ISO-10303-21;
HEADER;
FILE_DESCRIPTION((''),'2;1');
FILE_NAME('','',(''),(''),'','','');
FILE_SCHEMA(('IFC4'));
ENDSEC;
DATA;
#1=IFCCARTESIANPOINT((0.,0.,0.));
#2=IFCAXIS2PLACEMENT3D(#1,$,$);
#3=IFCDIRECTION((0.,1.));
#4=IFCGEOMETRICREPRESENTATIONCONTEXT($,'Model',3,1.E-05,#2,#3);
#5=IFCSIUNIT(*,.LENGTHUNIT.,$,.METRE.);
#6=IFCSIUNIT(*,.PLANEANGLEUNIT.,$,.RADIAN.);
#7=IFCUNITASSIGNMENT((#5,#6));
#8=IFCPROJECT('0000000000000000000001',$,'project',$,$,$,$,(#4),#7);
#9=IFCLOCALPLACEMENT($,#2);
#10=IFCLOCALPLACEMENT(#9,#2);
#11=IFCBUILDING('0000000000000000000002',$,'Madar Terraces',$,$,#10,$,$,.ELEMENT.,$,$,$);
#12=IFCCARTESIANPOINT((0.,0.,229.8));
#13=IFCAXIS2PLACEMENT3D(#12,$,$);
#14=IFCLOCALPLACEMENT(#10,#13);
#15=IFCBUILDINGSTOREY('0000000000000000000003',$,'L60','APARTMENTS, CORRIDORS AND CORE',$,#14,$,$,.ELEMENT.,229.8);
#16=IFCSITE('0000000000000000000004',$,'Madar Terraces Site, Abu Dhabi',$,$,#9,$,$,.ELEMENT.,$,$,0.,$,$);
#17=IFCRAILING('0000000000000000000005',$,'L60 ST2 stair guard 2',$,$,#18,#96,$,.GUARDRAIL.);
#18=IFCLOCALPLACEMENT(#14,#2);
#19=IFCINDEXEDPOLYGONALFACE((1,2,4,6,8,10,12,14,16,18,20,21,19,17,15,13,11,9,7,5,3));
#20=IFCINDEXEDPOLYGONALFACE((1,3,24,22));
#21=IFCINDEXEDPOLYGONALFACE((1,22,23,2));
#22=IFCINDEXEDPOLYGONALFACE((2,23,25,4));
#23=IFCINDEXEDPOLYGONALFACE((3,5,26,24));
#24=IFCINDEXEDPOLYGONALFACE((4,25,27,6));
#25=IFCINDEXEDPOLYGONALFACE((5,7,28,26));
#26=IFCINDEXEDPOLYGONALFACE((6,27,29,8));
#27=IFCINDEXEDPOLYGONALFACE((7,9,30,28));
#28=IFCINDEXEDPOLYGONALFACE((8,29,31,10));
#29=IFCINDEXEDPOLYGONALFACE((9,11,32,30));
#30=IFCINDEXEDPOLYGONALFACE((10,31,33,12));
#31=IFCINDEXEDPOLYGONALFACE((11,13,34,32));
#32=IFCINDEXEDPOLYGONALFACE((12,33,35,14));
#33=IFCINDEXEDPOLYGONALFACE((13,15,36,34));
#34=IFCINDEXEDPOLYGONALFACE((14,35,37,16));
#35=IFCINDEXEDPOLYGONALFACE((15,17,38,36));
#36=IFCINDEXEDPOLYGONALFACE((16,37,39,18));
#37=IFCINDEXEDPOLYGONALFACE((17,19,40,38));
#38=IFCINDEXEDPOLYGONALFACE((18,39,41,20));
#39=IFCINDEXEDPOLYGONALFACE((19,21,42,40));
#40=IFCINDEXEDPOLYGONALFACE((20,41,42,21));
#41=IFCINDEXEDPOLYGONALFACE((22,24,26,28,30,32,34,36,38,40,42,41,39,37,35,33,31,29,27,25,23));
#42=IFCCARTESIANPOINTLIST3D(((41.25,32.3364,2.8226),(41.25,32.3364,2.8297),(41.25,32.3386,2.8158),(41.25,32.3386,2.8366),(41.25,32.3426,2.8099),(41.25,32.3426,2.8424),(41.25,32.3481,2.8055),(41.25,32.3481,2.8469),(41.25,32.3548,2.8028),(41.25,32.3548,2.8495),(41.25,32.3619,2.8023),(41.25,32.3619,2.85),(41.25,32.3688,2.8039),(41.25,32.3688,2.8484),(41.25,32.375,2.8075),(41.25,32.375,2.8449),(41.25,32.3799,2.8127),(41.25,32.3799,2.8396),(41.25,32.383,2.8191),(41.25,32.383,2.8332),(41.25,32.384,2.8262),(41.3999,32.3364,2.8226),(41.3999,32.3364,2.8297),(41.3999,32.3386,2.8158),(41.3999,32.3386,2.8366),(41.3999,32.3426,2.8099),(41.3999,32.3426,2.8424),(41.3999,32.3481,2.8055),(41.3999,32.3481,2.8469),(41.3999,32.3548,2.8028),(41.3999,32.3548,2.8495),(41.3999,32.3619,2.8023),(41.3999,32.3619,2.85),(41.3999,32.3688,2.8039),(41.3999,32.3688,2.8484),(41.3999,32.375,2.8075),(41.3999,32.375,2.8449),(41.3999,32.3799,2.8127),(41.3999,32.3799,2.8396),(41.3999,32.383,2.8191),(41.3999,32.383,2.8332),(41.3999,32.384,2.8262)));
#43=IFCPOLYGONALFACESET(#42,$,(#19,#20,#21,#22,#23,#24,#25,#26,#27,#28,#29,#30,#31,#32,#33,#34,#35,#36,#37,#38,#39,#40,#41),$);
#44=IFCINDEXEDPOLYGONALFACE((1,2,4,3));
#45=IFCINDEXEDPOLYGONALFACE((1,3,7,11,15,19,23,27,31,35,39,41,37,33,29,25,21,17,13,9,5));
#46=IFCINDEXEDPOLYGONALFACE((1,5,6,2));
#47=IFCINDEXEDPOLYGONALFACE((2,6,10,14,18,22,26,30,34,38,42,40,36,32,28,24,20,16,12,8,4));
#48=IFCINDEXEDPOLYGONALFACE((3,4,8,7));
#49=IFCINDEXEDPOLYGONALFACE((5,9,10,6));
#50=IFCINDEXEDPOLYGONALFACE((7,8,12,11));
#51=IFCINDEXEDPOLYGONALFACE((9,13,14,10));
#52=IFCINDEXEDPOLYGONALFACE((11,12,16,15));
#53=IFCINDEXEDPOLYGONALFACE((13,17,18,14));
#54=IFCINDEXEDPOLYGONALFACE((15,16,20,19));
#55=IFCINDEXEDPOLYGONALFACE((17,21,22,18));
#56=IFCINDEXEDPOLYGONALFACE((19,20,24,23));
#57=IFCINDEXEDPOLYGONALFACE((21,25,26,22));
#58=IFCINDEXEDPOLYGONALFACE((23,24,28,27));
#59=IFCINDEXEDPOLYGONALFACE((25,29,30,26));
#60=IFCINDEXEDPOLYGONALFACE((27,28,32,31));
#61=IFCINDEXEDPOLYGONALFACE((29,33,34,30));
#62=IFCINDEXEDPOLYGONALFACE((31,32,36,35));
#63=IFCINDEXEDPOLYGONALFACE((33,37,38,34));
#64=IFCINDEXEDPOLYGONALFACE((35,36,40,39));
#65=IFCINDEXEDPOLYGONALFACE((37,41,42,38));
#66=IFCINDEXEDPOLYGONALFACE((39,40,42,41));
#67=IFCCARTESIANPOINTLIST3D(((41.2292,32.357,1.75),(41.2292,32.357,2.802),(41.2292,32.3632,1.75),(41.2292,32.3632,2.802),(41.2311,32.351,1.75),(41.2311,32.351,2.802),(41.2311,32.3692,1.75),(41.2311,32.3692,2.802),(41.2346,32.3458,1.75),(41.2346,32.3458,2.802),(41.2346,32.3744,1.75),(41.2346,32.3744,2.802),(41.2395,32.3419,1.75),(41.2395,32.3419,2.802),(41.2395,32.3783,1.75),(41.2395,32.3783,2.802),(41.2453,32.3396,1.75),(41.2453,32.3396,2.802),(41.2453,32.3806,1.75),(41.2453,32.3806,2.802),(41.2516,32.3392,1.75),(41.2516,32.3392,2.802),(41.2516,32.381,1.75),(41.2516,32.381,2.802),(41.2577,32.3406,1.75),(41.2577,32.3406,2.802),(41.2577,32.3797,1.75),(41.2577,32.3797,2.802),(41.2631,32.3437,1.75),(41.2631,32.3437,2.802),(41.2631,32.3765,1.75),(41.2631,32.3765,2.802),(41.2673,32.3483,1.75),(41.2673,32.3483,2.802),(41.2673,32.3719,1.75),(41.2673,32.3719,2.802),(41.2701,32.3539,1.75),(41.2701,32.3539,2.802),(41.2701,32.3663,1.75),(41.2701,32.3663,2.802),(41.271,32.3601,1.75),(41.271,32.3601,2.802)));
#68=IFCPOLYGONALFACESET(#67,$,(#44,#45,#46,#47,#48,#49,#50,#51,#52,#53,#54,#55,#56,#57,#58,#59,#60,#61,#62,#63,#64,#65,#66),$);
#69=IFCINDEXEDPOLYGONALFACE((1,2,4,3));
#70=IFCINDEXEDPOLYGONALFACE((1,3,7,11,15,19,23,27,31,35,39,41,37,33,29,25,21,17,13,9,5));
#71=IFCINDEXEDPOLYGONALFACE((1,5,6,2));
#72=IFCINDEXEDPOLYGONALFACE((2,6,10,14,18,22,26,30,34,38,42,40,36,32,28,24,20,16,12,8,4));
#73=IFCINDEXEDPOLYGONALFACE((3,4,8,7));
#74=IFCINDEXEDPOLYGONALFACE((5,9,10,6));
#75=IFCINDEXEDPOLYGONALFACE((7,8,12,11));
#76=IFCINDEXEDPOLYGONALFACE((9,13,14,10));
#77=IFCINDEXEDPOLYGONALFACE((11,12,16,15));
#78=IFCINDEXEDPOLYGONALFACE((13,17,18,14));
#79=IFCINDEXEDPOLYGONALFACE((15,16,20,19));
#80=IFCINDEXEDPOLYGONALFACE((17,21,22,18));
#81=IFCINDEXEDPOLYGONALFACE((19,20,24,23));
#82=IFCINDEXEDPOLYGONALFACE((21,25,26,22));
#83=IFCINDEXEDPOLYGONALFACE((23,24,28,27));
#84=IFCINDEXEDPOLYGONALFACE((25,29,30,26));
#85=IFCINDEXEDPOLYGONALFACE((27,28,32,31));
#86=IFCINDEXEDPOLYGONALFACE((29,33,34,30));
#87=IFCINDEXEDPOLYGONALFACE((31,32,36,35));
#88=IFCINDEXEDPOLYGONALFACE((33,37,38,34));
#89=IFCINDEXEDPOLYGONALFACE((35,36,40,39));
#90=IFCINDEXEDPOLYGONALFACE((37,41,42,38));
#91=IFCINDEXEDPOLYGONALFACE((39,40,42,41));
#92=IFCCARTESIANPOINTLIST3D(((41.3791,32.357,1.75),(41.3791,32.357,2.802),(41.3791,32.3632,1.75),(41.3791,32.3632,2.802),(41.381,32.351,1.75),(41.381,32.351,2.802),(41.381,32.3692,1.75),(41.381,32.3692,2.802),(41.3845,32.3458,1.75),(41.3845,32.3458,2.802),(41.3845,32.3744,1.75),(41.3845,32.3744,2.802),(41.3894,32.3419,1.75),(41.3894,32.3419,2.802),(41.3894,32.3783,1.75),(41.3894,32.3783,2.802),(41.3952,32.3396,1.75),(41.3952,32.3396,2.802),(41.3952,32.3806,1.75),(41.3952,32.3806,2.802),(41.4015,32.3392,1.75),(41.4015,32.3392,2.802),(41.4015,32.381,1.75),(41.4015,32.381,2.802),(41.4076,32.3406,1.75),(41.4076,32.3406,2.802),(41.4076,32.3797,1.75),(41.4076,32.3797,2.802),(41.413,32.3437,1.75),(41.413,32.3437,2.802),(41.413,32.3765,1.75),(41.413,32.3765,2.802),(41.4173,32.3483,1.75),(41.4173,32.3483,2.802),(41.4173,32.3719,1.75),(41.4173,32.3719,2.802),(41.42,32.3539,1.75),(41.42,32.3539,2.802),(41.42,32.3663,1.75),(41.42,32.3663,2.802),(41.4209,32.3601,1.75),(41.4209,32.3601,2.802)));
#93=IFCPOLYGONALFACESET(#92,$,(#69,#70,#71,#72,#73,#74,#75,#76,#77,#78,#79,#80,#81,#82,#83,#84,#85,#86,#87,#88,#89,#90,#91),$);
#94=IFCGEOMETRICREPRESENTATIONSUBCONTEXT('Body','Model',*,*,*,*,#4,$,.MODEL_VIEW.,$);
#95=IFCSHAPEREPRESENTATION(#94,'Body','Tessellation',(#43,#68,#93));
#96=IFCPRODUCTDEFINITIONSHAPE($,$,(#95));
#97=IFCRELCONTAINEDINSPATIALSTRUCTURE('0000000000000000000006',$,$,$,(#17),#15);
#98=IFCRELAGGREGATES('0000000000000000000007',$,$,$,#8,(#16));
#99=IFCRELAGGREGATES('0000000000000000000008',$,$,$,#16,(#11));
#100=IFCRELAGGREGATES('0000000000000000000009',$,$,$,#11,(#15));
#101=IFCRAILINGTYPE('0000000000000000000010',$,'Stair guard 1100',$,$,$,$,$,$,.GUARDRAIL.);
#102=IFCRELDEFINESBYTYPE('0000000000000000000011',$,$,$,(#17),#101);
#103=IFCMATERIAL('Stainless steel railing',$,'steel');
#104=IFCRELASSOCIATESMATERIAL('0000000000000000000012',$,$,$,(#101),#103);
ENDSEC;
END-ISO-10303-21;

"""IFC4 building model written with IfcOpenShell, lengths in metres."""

from ifc_helpers import new_model, si_unit, direction, frame, origin, origin_2d, place, context, subcontext, project, spatial, circle, extrude, material, type_object, element, save


model = new_model("IFC4")

# Units and contexts
model_context = context("Model", 3, precision=1e-05, world=origin(), true_north=direction((0.0, 1.0)))
body_context = subcontext(model_context, "Body", "Model", "MODEL_VIEW")
ifc_project = project(units=[si_unit("LENGTHUNIT", "METRE"), si_unit("PLANEANGLEUNIT", "RADIAN")], contexts=[model_context])

# Site, building, storey
site_placement = place(None, origin())
site = spatial("IfcSite", under=ifc_project, at=site_placement, Name="Madar Terraces Site, Abu Dhabi", CompositionType="ELEMENT", RefElevation=0.0)
building_placement = place(site_placement, origin())
building = spatial("IfcBuilding", under=site, at=building_placement, Name="Madar Terraces", CompositionType="ELEMENT")
storey_placement = place(building_placement, frame((0.0, 0.0, 229.8)))
storey = spatial("IfcBuildingStorey", under=building, at=storey_placement, Name="L60", Description="APARTMENTS, CORRIDORS AND CORE", CompositionType="ELEMENT", Elevation=229.8)

# Railing
ifc_material_1 = material(Name="Stainless steel railing", Category="steel")
railing_type_1 = type_object("IfcRailingType", Name="Stair guard 1100", PredefinedType="GUARDRAIL", material=ifc_material_1)
railing_1_placement = place(storey_placement, frame((41.25, 32.3601, 1.75)))
element("IfcRailing", 1, at=railing_1_placement, inside=storey, type_object=railing_type_1, Name="L60 ST2 stair guard 2", PredefinedType="GUARDRAIL", context=body_context, shape_type="SweptSolid", body=[
    extrude(circle(Radius=0.0239, at=origin_2d()), frame((0.0, 0.0, 1.0762), z_axis=(1.0, 0.0, 0.0), x_axis=(0.0, 1.0, 0.0)), (0.0, 0.0, 1.0), 0.1499),
    extrude(circle(Radius=0.021, at=origin_2d()), origin(), (0.0, 0.0, 1.0), 1.052),
    extrude(circle(Radius=0.021, at=origin_2d()), frame((0.1499, 0.0, 0.0)), (0.0, 0.0, 1.0), 1.052),
])

save(model, "model.ifc")
